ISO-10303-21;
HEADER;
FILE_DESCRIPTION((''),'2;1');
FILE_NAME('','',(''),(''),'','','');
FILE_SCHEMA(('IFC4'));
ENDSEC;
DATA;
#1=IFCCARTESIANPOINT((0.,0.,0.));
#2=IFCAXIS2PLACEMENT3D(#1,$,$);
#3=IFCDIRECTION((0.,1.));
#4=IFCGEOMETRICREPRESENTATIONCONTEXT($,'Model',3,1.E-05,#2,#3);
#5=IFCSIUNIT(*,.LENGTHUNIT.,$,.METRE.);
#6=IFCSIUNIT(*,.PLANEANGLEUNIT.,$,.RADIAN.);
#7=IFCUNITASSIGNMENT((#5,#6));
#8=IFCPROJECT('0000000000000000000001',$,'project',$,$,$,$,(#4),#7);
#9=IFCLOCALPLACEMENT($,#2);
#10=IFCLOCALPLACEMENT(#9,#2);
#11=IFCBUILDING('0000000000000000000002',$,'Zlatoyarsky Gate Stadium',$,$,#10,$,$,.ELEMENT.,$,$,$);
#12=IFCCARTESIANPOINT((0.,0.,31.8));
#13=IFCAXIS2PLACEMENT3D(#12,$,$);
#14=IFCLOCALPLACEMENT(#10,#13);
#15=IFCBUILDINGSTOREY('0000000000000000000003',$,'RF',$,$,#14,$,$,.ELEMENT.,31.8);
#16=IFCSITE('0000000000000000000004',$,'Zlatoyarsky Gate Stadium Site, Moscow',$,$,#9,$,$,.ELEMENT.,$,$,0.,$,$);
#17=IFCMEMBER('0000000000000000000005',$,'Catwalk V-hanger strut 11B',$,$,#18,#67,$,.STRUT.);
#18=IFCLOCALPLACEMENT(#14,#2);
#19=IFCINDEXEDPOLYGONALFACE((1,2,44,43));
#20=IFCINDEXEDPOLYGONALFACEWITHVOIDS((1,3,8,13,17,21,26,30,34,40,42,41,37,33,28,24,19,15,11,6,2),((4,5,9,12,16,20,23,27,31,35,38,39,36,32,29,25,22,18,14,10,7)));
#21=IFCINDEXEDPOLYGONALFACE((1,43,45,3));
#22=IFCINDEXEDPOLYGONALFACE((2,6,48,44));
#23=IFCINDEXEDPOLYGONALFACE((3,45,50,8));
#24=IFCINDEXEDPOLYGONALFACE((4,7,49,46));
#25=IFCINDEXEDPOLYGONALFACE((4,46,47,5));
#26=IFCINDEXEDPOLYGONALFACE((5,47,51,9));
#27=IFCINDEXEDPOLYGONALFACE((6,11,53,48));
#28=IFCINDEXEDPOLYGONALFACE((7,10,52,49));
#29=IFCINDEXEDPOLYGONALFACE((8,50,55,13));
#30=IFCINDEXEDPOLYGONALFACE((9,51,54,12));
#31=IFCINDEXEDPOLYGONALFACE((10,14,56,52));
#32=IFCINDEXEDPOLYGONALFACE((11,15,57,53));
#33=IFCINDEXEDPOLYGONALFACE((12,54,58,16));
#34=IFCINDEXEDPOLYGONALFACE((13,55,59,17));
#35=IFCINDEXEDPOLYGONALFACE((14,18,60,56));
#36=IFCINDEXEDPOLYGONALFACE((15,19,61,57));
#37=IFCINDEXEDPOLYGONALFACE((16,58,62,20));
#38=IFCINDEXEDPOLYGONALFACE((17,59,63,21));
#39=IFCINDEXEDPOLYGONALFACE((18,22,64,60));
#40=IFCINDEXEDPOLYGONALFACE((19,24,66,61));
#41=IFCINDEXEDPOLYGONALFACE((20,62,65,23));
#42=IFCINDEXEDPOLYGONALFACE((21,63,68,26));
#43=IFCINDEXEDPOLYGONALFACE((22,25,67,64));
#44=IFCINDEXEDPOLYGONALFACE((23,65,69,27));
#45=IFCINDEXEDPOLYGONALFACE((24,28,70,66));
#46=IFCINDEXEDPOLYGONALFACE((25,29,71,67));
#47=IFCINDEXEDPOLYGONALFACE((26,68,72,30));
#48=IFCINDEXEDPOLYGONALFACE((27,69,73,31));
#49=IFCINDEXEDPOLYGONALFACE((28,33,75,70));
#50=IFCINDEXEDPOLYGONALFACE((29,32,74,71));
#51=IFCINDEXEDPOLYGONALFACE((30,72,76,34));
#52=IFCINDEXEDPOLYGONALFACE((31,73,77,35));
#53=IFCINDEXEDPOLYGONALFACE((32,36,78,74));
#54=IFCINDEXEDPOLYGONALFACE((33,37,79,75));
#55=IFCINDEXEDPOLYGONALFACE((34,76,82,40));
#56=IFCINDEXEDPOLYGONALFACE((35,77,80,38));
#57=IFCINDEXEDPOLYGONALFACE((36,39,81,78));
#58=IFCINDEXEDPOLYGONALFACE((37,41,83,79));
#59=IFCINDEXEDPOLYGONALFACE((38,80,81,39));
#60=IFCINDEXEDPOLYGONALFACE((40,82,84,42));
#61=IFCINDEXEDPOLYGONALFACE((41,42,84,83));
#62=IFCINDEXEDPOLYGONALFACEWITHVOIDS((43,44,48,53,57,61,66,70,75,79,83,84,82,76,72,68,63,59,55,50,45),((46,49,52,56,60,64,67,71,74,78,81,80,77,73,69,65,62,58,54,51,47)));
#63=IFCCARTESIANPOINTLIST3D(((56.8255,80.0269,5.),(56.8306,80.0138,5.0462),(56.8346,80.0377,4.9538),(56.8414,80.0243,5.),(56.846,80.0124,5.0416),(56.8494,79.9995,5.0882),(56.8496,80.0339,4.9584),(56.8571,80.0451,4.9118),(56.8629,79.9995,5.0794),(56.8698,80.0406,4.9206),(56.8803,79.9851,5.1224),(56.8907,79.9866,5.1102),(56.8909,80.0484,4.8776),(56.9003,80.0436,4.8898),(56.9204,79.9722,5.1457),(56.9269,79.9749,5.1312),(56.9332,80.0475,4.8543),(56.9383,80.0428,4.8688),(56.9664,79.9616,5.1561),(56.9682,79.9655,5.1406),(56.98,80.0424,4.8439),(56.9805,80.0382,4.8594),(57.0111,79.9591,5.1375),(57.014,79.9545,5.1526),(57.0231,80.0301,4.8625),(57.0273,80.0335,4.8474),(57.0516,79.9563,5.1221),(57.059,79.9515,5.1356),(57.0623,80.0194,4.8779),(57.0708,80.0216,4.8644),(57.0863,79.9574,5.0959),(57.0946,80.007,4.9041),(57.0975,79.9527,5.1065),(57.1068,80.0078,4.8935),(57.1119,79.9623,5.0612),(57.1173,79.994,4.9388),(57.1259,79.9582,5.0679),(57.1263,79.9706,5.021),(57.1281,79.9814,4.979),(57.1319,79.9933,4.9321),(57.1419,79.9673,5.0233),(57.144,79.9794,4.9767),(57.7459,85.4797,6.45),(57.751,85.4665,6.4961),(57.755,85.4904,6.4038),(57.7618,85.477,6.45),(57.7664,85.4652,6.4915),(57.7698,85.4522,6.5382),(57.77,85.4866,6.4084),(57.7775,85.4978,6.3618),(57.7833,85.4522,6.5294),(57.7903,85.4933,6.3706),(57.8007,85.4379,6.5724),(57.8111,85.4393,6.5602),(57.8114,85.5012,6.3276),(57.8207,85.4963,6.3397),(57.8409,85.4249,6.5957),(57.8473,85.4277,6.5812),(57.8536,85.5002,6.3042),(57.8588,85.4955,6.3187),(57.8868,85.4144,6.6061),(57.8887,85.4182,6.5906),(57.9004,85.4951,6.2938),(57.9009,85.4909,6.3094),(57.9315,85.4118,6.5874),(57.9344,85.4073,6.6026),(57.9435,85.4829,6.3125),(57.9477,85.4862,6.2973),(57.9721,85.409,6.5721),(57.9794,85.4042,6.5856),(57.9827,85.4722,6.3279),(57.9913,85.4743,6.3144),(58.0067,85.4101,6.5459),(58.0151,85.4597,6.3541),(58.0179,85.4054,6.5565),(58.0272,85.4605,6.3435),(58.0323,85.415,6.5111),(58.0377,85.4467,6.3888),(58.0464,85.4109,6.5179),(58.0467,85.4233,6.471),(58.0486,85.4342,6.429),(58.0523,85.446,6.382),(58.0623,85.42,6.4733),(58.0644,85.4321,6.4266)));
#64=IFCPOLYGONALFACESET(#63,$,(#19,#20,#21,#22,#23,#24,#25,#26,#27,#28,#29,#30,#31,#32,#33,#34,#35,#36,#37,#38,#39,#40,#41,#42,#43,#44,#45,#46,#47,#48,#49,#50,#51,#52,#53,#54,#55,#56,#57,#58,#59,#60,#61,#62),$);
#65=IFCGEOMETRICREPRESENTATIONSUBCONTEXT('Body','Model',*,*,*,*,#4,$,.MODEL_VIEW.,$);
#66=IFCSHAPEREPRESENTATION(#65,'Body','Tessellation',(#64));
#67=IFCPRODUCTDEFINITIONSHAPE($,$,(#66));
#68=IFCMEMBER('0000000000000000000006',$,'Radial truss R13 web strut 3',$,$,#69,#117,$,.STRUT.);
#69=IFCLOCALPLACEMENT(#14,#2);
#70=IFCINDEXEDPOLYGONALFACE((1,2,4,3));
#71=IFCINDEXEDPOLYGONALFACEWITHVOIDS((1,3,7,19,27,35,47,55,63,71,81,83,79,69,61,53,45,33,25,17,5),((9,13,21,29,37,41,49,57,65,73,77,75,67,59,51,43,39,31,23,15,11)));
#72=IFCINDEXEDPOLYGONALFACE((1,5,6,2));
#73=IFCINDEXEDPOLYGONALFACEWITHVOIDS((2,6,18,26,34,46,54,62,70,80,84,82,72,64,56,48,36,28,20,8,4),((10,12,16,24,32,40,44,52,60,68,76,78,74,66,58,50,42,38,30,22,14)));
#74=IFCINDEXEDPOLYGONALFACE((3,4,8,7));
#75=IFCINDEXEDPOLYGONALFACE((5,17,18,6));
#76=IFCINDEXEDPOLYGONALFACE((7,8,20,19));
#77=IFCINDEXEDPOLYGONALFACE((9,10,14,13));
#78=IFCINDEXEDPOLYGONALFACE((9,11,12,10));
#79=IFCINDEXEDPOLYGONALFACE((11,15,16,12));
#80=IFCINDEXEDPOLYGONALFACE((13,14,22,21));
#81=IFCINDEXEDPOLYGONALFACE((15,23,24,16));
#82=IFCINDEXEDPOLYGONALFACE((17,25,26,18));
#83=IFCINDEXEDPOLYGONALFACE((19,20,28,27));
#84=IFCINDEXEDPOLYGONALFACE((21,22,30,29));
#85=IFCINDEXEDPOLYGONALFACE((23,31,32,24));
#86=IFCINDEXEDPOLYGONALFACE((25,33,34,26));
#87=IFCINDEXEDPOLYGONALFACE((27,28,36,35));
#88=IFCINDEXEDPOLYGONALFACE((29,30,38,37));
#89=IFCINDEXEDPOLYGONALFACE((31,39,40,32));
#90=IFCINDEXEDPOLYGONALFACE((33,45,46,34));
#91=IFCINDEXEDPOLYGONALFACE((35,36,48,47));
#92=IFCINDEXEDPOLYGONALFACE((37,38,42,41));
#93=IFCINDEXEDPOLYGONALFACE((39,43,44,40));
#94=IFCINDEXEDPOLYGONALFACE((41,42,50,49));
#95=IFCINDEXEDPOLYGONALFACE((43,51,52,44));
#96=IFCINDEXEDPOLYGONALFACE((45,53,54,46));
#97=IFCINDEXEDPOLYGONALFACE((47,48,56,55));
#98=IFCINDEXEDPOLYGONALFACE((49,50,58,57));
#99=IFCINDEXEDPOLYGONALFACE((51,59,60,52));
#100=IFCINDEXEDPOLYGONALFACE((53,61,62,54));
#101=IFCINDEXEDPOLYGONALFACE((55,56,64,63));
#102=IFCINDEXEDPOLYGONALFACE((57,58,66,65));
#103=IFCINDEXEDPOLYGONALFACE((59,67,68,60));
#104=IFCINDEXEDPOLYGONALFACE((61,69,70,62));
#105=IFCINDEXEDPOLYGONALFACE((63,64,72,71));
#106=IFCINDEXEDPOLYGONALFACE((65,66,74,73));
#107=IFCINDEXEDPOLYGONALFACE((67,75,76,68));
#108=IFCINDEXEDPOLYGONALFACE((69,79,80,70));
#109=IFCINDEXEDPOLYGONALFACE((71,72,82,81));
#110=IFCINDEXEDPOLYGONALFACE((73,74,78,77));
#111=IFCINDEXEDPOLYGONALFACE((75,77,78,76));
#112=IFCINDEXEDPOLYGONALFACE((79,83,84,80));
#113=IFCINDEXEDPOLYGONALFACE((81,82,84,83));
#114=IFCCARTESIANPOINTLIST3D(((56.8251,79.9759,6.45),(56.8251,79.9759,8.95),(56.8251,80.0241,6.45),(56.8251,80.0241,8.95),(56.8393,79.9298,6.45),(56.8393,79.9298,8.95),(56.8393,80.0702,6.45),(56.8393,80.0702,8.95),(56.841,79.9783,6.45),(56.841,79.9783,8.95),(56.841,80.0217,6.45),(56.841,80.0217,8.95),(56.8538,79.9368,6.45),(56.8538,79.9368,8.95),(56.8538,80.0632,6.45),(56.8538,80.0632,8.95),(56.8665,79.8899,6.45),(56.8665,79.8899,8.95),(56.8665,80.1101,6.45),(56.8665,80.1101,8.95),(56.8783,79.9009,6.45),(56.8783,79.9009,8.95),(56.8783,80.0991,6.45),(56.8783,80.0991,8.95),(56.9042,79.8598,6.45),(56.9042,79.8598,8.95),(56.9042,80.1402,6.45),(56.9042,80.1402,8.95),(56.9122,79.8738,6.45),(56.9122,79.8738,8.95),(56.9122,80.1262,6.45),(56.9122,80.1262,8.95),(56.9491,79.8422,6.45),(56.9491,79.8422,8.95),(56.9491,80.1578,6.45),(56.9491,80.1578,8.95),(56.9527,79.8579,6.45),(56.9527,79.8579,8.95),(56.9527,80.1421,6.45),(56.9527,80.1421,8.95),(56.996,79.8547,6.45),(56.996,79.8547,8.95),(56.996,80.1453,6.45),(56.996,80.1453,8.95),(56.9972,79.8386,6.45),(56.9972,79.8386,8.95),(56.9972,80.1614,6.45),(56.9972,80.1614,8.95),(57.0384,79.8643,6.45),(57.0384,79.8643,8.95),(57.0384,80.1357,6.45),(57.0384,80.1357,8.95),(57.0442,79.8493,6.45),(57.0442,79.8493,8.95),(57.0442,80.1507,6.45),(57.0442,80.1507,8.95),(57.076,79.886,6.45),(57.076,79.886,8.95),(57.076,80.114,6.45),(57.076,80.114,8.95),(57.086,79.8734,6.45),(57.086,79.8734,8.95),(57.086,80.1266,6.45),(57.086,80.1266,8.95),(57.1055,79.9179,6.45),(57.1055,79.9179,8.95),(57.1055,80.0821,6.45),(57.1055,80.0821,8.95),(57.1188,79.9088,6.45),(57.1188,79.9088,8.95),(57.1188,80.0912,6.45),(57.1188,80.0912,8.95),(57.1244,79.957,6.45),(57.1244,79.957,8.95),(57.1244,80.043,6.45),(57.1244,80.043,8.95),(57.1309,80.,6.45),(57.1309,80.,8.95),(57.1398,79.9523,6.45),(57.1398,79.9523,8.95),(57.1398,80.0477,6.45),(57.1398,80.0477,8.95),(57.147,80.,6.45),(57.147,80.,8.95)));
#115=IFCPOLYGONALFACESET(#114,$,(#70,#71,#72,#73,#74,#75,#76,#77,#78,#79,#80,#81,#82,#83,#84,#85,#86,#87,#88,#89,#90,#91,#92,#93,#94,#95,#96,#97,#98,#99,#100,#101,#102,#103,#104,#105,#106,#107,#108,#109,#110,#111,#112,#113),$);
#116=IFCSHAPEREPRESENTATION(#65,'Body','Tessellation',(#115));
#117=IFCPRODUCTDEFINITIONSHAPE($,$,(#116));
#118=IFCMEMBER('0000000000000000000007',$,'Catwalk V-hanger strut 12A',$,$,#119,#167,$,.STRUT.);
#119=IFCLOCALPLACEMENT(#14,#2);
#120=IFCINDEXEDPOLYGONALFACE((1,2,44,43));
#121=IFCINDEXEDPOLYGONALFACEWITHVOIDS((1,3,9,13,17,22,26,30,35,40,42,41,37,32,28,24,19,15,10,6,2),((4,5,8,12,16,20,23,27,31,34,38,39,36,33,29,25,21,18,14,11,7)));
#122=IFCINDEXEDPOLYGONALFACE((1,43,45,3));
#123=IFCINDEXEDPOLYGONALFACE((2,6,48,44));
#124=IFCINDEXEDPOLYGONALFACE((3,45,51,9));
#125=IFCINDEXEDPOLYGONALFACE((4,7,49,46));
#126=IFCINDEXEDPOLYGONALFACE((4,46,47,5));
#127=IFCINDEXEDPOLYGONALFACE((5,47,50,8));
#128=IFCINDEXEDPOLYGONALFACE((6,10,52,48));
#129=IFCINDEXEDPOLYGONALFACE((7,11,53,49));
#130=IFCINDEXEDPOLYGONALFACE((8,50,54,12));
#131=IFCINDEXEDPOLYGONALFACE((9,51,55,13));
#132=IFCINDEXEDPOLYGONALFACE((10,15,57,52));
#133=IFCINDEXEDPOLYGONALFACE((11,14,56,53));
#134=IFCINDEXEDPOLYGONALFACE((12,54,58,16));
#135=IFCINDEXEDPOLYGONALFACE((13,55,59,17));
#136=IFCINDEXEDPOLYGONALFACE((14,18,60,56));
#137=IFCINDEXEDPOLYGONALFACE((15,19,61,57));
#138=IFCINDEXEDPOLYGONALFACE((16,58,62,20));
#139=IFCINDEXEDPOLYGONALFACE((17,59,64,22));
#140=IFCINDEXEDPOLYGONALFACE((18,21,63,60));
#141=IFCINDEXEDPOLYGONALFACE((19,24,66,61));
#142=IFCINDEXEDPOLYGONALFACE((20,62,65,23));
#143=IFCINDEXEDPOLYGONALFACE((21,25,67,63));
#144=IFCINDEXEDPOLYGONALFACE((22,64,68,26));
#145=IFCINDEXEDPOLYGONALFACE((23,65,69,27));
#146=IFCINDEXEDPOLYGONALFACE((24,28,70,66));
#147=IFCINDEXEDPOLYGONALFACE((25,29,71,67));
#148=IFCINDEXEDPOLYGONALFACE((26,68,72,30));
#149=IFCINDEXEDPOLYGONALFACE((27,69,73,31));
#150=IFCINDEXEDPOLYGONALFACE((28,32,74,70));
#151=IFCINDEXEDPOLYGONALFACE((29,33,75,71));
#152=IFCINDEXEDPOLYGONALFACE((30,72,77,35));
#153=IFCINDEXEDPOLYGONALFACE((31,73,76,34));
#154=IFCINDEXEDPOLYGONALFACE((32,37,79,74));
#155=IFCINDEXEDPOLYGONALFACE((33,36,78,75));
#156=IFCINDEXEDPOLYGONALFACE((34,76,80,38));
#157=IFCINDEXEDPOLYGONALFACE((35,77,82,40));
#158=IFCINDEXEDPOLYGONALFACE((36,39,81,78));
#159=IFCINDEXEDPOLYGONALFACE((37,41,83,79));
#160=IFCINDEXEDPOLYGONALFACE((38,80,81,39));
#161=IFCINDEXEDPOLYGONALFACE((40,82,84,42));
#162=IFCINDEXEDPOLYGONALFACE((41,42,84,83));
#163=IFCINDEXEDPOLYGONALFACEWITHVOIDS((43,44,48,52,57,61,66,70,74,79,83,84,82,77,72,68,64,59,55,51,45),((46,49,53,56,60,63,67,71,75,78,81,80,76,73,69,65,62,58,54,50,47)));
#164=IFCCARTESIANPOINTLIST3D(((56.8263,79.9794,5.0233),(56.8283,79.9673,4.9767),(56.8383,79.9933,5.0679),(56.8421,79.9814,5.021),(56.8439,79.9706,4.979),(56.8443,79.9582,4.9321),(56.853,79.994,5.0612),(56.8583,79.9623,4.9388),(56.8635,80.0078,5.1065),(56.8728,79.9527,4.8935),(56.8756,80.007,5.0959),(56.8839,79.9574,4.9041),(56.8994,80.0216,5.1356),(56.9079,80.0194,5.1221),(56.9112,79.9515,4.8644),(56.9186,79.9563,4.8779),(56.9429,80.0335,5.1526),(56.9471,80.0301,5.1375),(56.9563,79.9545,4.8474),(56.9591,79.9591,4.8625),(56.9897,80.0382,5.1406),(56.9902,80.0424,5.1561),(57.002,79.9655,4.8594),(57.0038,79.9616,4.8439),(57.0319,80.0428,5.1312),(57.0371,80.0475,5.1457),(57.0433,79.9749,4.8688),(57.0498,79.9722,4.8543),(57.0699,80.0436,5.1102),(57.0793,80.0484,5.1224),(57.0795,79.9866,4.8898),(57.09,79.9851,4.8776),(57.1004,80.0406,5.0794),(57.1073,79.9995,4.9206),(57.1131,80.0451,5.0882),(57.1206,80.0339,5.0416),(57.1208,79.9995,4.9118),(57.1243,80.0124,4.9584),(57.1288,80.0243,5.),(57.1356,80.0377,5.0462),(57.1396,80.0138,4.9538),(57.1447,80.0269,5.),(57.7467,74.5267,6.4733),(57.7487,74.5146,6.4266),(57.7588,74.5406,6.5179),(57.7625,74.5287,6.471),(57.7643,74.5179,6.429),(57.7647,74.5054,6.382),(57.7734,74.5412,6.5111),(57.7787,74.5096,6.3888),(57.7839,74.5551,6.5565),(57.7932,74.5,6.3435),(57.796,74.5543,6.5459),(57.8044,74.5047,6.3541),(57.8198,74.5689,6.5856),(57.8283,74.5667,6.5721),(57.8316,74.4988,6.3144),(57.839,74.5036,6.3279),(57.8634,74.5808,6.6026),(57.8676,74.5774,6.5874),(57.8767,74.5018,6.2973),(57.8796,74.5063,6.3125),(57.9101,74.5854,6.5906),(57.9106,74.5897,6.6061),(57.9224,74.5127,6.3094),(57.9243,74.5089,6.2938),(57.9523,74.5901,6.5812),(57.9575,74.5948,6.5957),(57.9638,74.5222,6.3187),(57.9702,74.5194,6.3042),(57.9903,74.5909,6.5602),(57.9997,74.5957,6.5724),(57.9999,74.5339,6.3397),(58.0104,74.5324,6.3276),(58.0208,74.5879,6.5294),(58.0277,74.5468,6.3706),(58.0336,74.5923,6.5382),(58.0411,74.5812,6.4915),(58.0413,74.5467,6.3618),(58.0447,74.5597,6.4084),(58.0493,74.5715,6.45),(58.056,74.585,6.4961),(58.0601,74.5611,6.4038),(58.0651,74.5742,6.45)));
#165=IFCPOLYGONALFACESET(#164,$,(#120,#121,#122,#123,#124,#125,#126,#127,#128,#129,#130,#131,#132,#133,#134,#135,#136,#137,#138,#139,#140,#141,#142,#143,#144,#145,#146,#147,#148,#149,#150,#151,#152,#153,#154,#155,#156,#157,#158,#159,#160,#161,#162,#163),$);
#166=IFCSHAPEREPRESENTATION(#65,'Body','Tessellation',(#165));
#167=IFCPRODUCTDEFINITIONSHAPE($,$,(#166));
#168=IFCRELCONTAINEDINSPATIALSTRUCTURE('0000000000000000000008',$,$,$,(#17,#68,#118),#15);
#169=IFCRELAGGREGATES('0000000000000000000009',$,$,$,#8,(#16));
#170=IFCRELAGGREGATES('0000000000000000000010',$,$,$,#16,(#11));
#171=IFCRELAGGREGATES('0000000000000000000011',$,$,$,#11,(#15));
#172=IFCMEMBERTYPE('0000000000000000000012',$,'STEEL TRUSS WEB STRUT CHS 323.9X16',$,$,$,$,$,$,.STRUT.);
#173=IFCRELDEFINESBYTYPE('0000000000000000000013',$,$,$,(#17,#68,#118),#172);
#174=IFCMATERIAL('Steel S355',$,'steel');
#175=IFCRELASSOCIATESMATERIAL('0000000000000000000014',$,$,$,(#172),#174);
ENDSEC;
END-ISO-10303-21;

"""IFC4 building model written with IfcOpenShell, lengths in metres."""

from ifc_helpers import new_model, si_unit, direction, frame, origin, origin_2d, place, context, subcontext, project, spatial, hollow_circle, extrude, material, material_profile, profile_set, type_object, element, save


model = new_model("IFC4")

# Units and contexts
model_context = context("Model", 3, precision=1e-05, world=origin(), true_north=direction((0.0, 1.0)))
body_context = subcontext(model_context, "Body", "Model", "MODEL_VIEW")
ifc_project = project(units=[si_unit("LENGTHUNIT", "METRE"), si_unit("PLANEANGLEUNIT", "RADIAN")], contexts=[model_context])

# Site, building, storey
site_placement = place(None, origin())
site = spatial("IfcSite", under=ifc_project, at=site_placement, Name="Zlatoyarsky Gate Stadium Site, Moscow", CompositionType="ELEMENT", RefElevation=0.0)
building_placement = place(site_placement, origin())
building = spatial("IfcBuilding", under=site, at=building_placement, Name="Zlatoyarsky Gate Stadium", CompositionType="ELEMENT")
storey_placement = place(building_placement, frame((0.0, 0.0, 31.8)))
storey = spatial("IfcBuildingStorey", under=building, at=storey_placement, Name="RF", CompositionType="ELEMENT", Elevation=31.8)

# Shared definitions
ifc_material = material(Name="Steel S355", Category="steel")

# Members
ifc_material_profile_1 = material_profile(ifc_material, hollow_circle(Radius=0.1619, WallThickness=0.0161, at=origin_2d()), Name="CHS 323.9X16")
ifc_profile_set_1 = profile_set([ifc_material_profile_1], Name="Steel S355")
member_type_1 = type_object("IfcMemberType", Name="STEEL TRUSS WEB STRUT CHS 323.9X16", PredefinedType="STRUT", material=ifc_profile_set_1)
member_1_placement = place(storey_placement, frame((56.9851, 80.0, 5.0), z_axis=(0.161004, 0.953807, 0.253634), x_axis=(-0.986051, 0.166446, 0.0)))
element("IfcMember", 1, at=member_1_placement, inside=storey, type_object=member_type_1, Name="Catwalk V-hanger strut 11B", PredefinedType="STRUT", context=body_context, shape_type="SweptSolid", body=[
    extrude(hollow_circle(Radius=0.1619, WallThickness=0.0161, at=origin_2d()), origin(), (0.0, 0.0, 1.0), 5.7168),
])
member_2_placement = place(storey_placement, frame((56.9851, 80.0, 6.45), z_axis=(0.0, 0.0, 1.0), x_axis=(1.0, 0.0, 0.0)))
element("IfcMember", 2, at=member_2_placement, inside=storey, type_object=member_type_1, Name="Radial truss R13 web strut 3", PredefinedType="STRUT", context=body_context, shape_type="SweptSolid", body=[
    extrude(hollow_circle(Radius=0.1619, WallThickness=0.0161, at=origin_2d()), origin(), (0.0, 0.0, 1.0), 2.5),
])
member_3_placement = place(storey_placement, frame((56.9851, 80.0, 5.0), z_axis=(0.161004, -0.953807, 0.253634), x_axis=(0.986051, 0.166446, 0.0)))
element("IfcMember", 3, at=member_3_placement, inside=storey, type_object=member_type_1, Name="Catwalk V-hanger strut 12A", PredefinedType="STRUT", context=body_context, shape_type="SweptSolid", body=[
    extrude(hollow_circle(Radius=0.1619, WallThickness=0.0161, at=origin_2d()), origin(), (0.0, 0.0, 1.0), 5.7168),
])

save(model, "model.ifc")
